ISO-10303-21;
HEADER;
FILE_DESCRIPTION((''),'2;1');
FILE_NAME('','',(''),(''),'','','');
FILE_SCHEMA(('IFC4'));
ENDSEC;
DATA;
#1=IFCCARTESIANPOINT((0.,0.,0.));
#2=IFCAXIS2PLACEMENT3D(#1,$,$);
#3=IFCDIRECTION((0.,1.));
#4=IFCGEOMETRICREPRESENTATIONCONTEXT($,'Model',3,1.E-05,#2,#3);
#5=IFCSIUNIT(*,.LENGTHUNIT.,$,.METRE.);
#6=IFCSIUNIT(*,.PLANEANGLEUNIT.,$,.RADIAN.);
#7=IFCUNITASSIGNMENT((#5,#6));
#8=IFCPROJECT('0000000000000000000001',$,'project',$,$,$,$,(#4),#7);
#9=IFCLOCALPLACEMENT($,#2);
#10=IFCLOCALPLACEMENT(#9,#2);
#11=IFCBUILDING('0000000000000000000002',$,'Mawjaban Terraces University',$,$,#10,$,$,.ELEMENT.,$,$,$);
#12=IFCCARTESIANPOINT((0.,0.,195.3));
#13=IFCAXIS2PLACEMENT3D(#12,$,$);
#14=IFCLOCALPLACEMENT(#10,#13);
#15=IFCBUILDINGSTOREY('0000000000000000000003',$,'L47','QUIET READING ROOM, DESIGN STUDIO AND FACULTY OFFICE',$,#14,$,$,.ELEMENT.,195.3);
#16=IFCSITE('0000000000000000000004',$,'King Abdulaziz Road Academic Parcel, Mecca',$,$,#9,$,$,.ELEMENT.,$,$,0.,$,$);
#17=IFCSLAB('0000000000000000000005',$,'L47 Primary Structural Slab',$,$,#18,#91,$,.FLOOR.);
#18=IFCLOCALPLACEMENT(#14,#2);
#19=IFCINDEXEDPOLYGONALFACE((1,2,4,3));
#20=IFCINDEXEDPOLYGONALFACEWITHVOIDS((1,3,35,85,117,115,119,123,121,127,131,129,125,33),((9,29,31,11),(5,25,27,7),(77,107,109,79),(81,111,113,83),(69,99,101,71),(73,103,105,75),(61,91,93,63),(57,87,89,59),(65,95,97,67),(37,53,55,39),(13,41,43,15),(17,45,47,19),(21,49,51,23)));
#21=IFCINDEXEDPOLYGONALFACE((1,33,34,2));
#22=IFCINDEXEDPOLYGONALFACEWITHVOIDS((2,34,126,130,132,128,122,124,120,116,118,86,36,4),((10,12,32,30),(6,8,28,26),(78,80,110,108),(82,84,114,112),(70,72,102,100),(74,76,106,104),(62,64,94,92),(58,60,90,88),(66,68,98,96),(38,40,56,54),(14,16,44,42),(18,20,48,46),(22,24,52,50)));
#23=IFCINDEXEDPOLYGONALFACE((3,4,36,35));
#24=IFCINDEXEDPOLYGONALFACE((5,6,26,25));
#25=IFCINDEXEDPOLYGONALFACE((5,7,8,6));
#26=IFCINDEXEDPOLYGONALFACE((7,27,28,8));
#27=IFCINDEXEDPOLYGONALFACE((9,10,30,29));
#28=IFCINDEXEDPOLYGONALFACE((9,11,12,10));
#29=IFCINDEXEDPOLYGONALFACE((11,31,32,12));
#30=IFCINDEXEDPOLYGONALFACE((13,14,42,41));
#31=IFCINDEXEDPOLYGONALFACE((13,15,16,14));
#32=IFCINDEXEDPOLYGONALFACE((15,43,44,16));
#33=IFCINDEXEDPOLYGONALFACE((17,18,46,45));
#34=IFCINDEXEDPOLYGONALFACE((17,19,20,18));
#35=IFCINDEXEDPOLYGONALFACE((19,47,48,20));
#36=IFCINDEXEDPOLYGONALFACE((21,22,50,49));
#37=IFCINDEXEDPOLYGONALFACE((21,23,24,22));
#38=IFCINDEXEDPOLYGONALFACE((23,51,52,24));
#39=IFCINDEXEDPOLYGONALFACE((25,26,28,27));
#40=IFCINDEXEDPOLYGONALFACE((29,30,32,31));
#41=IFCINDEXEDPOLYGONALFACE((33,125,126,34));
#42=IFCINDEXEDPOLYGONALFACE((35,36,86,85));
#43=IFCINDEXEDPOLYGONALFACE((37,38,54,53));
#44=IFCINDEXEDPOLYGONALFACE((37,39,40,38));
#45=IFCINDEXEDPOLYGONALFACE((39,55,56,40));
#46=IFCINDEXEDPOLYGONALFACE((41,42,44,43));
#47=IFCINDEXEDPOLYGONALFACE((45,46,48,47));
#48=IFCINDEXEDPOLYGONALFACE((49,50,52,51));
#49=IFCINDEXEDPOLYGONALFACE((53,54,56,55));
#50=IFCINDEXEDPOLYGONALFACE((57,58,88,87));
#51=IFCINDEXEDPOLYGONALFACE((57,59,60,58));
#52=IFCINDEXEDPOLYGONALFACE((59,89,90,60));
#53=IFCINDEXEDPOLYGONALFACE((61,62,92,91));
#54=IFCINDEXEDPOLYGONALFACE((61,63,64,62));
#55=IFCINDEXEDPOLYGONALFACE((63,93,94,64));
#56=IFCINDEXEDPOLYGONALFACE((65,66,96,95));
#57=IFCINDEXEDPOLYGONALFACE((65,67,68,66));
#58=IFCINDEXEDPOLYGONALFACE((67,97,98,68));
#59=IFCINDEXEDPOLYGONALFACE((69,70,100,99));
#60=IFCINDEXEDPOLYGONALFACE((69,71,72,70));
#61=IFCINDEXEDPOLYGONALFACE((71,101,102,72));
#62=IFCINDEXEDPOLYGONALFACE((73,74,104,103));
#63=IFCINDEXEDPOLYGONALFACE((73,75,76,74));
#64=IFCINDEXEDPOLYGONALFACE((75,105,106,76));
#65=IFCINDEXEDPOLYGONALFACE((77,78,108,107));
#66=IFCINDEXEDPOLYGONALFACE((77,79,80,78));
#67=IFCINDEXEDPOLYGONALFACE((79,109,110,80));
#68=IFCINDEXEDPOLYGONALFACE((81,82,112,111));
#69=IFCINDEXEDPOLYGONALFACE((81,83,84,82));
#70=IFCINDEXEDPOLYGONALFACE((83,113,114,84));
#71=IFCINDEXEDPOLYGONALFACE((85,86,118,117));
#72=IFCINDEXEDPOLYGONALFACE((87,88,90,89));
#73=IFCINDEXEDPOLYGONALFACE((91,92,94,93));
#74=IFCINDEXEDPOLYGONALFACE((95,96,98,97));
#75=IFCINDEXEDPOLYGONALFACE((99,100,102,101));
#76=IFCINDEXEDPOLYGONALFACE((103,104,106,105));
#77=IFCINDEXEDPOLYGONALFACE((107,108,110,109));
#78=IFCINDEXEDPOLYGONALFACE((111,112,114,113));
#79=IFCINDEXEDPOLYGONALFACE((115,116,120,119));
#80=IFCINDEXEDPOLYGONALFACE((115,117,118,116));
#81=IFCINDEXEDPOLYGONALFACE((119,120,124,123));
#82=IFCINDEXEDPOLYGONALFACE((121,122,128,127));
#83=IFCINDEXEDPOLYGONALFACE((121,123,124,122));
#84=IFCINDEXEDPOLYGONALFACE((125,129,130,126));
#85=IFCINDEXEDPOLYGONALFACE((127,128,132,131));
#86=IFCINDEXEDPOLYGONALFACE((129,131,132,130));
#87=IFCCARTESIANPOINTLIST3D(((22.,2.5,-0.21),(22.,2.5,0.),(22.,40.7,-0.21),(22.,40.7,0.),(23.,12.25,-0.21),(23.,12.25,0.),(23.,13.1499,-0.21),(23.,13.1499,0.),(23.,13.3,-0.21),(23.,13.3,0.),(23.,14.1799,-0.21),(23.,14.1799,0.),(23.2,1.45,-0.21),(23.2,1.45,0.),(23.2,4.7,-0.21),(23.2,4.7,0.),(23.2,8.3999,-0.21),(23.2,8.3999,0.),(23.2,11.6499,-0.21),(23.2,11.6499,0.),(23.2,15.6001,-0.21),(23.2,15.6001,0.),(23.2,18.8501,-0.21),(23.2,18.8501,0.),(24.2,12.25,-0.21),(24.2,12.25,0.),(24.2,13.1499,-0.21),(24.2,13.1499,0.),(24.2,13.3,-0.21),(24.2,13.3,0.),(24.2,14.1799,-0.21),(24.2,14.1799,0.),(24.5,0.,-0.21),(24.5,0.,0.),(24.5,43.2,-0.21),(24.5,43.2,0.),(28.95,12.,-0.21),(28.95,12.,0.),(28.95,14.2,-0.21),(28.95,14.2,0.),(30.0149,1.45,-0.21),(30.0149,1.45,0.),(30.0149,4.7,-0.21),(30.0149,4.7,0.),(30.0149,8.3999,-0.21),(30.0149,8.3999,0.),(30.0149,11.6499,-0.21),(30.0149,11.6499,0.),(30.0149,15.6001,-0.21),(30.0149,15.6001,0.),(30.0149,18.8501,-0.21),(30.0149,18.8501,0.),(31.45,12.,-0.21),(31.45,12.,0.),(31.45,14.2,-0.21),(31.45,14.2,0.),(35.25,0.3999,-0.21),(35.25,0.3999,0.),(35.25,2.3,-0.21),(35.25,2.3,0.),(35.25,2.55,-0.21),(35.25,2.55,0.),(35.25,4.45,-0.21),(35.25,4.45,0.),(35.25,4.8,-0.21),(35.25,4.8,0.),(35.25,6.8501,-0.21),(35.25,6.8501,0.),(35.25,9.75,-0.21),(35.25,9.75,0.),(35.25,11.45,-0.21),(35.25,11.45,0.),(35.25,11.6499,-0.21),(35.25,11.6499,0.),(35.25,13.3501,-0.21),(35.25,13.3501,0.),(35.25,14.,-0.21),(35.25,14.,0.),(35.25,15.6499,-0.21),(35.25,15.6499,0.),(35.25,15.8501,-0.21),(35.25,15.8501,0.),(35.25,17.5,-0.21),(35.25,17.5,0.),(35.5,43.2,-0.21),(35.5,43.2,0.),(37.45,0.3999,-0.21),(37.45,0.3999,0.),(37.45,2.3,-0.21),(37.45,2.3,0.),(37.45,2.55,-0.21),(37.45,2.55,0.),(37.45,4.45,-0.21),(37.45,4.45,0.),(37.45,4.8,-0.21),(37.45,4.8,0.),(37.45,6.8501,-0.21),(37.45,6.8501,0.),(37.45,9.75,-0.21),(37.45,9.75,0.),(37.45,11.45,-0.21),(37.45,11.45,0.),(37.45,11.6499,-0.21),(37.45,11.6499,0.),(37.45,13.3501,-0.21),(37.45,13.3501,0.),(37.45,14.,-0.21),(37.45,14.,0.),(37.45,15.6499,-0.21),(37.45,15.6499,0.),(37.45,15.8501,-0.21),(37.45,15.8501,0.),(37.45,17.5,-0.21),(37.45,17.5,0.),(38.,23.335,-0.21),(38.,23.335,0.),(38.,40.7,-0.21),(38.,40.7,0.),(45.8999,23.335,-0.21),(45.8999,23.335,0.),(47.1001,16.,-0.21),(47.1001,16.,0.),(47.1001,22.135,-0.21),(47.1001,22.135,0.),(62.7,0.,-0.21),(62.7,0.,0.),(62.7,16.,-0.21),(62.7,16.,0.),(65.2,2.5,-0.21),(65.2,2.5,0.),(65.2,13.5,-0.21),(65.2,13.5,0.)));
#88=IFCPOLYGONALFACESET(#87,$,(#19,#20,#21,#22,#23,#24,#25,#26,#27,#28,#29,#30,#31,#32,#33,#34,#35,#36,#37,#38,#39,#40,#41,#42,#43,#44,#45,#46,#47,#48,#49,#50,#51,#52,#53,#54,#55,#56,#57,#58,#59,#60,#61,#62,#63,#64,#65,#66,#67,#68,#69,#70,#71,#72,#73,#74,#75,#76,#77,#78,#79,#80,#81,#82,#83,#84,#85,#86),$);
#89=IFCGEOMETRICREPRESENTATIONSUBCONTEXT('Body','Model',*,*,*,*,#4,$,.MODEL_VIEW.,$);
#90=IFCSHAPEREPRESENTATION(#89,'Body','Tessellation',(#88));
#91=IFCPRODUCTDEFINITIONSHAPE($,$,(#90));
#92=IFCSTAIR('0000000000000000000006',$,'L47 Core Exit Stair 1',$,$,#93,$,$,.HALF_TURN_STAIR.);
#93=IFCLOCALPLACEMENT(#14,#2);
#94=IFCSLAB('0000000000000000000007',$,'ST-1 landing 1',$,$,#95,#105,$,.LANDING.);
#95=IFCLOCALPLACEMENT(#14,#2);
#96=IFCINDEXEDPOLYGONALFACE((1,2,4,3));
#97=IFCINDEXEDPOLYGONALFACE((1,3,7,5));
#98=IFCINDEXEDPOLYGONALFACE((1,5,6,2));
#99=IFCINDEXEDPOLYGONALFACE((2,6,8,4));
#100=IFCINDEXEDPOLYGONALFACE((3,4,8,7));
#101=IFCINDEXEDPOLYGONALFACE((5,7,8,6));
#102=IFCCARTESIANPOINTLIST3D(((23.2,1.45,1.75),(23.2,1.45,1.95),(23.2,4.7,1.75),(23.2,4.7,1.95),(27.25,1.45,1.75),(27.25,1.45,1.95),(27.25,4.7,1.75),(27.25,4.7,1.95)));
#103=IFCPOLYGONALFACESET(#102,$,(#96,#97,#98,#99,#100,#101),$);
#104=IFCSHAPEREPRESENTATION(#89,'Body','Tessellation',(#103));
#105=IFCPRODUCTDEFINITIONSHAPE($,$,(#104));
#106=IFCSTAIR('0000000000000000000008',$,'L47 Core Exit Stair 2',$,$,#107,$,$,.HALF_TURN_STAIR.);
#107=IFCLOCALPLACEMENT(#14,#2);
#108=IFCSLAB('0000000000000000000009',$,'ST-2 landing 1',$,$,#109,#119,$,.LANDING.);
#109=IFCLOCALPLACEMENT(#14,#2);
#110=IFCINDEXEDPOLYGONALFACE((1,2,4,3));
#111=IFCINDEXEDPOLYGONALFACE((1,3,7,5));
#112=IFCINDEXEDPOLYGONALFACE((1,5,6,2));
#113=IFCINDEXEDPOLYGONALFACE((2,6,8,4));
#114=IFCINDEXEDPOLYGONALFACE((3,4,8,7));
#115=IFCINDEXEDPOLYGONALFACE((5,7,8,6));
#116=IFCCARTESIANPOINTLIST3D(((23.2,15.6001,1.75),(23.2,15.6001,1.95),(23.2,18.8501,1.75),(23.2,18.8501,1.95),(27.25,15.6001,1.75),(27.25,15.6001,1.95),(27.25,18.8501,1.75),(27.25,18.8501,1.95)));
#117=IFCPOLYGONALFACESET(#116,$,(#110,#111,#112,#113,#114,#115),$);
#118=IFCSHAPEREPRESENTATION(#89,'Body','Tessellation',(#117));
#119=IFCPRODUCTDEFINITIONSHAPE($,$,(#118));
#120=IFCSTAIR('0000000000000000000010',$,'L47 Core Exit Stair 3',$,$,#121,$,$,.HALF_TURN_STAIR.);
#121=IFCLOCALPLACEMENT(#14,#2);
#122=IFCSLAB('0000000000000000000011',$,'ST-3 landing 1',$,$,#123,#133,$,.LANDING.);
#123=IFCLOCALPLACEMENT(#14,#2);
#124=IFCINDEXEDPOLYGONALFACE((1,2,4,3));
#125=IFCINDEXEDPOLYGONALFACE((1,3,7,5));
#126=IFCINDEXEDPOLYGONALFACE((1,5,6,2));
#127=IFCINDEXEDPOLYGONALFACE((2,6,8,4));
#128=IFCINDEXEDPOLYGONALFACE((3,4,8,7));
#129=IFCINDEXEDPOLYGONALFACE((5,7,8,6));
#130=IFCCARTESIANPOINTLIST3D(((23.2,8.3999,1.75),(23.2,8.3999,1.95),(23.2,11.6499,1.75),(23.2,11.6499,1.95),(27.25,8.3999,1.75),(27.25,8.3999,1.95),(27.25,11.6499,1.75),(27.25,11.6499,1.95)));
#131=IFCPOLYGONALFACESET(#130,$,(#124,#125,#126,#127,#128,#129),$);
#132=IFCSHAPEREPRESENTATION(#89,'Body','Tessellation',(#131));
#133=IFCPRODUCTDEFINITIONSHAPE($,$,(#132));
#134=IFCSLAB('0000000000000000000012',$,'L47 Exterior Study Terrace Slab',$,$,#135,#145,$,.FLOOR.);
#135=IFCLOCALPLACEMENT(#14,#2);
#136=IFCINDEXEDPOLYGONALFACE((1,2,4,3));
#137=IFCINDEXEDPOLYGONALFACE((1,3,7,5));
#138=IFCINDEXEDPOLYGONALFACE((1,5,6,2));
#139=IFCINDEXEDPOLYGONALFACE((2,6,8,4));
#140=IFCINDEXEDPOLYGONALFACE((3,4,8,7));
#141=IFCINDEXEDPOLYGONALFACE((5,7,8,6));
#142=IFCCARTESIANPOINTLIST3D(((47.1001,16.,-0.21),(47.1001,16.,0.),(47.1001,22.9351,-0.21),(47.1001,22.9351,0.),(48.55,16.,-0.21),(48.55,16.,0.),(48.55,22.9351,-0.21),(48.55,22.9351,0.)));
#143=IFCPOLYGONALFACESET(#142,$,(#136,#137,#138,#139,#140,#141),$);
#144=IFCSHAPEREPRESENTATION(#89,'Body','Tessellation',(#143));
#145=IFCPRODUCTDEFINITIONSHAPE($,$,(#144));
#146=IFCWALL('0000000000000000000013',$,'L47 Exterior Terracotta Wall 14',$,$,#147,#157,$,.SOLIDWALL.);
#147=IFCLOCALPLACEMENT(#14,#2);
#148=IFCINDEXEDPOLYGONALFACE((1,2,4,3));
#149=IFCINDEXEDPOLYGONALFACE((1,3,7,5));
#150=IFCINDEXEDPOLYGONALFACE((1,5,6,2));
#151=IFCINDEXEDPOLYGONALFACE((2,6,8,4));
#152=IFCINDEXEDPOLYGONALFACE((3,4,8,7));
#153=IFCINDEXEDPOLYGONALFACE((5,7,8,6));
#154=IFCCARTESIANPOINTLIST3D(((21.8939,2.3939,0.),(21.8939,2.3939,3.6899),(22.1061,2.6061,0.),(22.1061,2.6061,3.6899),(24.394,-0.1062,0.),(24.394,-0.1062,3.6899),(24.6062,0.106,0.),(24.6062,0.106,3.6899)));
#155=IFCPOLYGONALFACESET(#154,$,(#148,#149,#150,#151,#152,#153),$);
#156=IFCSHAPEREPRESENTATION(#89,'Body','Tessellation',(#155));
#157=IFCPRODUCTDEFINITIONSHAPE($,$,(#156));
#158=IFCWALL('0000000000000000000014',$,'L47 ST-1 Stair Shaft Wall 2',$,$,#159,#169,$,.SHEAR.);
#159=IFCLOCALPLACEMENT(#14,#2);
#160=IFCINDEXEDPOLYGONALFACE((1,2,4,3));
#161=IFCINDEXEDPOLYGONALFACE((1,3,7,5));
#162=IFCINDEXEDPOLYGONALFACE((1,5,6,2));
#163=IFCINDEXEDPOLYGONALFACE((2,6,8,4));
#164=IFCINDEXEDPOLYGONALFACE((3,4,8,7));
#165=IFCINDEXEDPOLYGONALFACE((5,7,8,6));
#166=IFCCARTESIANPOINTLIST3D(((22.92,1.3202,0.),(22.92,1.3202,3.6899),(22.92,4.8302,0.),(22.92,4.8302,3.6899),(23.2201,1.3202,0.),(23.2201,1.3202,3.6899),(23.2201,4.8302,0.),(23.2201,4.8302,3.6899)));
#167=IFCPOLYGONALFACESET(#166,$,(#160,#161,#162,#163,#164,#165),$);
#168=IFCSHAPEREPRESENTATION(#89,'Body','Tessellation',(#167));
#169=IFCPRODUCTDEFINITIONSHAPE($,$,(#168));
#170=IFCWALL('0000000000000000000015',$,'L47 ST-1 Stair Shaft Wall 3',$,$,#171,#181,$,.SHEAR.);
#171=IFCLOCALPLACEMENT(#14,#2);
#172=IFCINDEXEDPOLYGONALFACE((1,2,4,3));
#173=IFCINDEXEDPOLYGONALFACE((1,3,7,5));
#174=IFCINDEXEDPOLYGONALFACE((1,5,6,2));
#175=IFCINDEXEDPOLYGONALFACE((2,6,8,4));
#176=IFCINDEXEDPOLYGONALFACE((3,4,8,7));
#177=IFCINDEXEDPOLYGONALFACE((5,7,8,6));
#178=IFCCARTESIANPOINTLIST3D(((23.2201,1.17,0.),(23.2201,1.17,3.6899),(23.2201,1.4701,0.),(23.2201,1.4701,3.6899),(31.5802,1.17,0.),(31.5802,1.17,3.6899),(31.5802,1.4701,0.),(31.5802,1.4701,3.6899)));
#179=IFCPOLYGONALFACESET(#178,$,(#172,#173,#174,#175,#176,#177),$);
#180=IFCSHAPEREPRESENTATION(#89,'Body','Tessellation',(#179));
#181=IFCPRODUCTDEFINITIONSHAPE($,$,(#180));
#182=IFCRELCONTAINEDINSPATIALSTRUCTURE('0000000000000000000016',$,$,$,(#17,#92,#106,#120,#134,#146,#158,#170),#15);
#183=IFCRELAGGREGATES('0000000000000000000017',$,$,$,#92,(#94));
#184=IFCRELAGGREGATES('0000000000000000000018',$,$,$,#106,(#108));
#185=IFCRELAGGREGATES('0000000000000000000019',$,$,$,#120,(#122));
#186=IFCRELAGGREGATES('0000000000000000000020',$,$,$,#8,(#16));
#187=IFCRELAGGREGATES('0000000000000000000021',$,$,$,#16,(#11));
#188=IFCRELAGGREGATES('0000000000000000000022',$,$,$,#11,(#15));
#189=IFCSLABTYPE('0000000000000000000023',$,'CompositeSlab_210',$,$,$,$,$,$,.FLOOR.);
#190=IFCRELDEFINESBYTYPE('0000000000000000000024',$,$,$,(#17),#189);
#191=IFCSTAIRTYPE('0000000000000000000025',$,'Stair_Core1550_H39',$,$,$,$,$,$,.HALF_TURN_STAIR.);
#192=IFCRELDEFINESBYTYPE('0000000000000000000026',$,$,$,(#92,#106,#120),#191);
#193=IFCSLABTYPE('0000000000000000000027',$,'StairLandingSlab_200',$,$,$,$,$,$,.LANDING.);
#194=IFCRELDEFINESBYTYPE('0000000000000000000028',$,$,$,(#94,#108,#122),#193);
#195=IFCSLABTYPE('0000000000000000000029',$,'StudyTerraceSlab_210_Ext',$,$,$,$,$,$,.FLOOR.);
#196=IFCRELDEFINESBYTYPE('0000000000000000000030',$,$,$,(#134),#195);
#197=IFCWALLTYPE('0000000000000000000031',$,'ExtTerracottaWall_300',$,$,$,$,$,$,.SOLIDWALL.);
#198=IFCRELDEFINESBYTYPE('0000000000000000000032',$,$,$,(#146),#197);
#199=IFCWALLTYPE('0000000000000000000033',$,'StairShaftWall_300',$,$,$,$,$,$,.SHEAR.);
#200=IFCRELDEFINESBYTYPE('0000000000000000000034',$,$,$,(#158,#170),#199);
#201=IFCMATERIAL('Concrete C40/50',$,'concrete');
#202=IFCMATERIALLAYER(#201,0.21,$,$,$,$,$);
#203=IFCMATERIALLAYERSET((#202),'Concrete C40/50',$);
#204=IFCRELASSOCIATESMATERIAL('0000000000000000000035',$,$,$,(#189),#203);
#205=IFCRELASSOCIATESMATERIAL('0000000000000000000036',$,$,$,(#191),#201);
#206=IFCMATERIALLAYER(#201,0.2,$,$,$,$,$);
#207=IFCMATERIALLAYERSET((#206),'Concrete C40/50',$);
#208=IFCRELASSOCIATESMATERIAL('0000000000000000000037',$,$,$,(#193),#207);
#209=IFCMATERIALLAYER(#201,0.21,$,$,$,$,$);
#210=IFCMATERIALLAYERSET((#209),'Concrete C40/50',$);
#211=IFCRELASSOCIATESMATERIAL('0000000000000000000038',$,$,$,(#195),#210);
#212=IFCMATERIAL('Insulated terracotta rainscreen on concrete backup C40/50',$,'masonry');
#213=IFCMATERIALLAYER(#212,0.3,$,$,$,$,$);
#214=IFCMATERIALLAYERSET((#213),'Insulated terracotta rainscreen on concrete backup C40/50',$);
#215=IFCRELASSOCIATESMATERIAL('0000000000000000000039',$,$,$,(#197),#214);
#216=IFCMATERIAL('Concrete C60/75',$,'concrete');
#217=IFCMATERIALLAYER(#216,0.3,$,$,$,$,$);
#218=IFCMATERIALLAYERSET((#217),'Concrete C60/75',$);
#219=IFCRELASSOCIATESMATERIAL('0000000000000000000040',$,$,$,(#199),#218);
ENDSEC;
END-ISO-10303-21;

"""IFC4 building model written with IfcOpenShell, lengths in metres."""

from ifc_helpers import new_model, si_unit, direction, frame, frame_2d, origin, place, context, subcontext, project, spatial, polyline, rectangle, outline, extrude, material, layer, layer_set, type_object, element, aggregate, save


model = new_model("IFC4")

# Units and contexts
model_context = context("Model", 3, precision=1e-05, world=origin(), true_north=direction((0.0, 1.0)))
body_context = subcontext(model_context, "Body", "Model", "MODEL_VIEW")
ifc_project = project(units=[si_unit("LENGTHUNIT", "METRE"), si_unit("PLANEANGLEUNIT", "RADIAN")], contexts=[model_context])

# Site, building, storey
site_placement = place(None, origin())
site = spatial("IfcSite", under=ifc_project, at=site_placement, Name="King Abdulaziz Road Academic Parcel, Mecca", CompositionType="ELEMENT", RefElevation=0.0)
building_placement = place(site_placement, origin())
building = spatial("IfcBuilding", under=site, at=building_placement, Name="Mawjaban Terraces University", CompositionType="ELEMENT")
storey_placement = place(building_placement, frame((0.0, 0.0, 195.3)))
storey = spatial("IfcBuildingStorey", under=building, at=storey_placement, Name="L47", Description="QUIET READING ROOM, DESIGN STUDIO AND FACULTY OFFICE", CompositionType="ELEMENT", Elevation=195.3)

# Shared definitions
ifc_material_1 = material(Name="Concrete C60/75", Category="concrete")

# Slab
ifc_material_2 = material(Name="Concrete C40/50", Category="concrete")
ifc_layer_1 = layer(ifc_material_2, 0.21)
ifc_layer_set_1 = layer_set([ifc_layer_1], Name="Concrete C40/50")
slab_type_1 = type_object("IfcSlabType", Name="CompositeSlab_210", PredefinedType="FLOOR", material=ifc_layer_set_1)
slab_1_placement = place(storey_placement, frame((0.0, 0.0, -0.21)))
element("IfcSlab", 1, at=slab_1_placement, inside=storey, type_object=slab_type_1, Name="L47 Primary Structural Slab", PredefinedType="FLOOR", context=body_context, shape_type="SweptSolid", body=[
    extrude(outline(polyline([(24.5, 0.0), (62.7, 0.0), (65.2, 2.5), (65.2, 13.5), (62.7, 16.0), (47.1001, 16.0), (47.1001, 22.135), (45.8999, 23.335), (38.0, 23.335), (38.0, 40.7), (35.5, 43.2), (24.5, 43.2), (22.0, 40.7), (22.0, 2.5), (24.5, 0.0)]), holes=[polyline([(30.0149, 4.7), (23.2, 4.7), (23.2, 1.45), (30.0149, 1.45), (30.0149, 4.7)]), polyline([(30.0149, 18.8501), (23.2, 18.8501), (23.2, 15.6001), (30.0149, 15.6001), (30.0149, 18.8501)]), polyline([(30.0149, 11.6499), (23.2, 11.6499), (23.2, 8.3999), (30.0149, 8.3999), (30.0149, 11.6499)]), polyline([(35.25, 0.3999), (37.45, 0.3999), (37.45, 2.3), (35.25, 2.3), (35.25, 0.3999)]), polyline([(35.25, 2.55), (37.45, 2.55), (37.45, 4.45), (35.25, 4.45), (35.25, 2.55)]), polyline([(35.25, 4.8), (37.45, 4.8), (37.45, 6.8501), (35.25, 6.8501), (35.25, 4.8)]), polyline([(35.25, 9.75), (37.45, 9.75), (37.45, 11.45), (35.25, 11.45), (35.25, 9.75)]), polyline([(35.25, 11.6499), (37.45, 11.6499), (37.45, 13.3501), (35.25, 13.3501), (35.25, 11.6499)]), polyline([(28.95, 12.0), (31.45, 12.0), (31.45, 14.2), (28.95, 14.2), (28.95, 12.0)]), polyline([(35.25, 14.0), (37.45, 14.0), (37.45, 15.6499), (35.25, 15.6499), (35.25, 14.0)]), polyline([(35.25, 15.8501), (37.45, 15.8501), (37.45, 17.5), (35.25, 17.5), (35.25, 15.8501)]), polyline([(23.0, 12.25), (24.2, 12.25), (24.2, 13.1499), (23.0, 13.1499), (23.0, 12.25)]), polyline([(23.0, 13.3), (24.2, 13.3), (24.2, 14.1799), (23.0, 14.1799), (23.0, 13.3)])]), origin(), (0.0, 0.0, 1.0), 0.21),
])

# Stairs, slabs
stair_type = type_object("IfcStairType", Name="Stair_Core1550_H39", PredefinedType="HALF_TURN_STAIR", material=ifc_material_2)
stair_1_placement = place(storey_placement, origin())
stair_1 = element("IfcStair", 2, at=stair_1_placement, inside=storey, type_object=stair_type, Name="L47 Core Exit Stair 1", PredefinedType="HALF_TURN_STAIR")
ifc_layer_2 = layer(ifc_material_2, 0.2)
ifc_layer_set_2 = layer_set([ifc_layer_2], Name="Concrete C40/50")
slab_type_2 = type_object("IfcSlabType", Name="StairLandingSlab_200", PredefinedType="LANDING", material=ifc_layer_set_2)
slab_2_placement = place(storey_placement, frame((0.0, 0.0, 1.75)))
slab_2 = element("IfcSlab", 3, at=slab_2_placement, type_object=slab_type_2, Name="ST-1 landing 1", PredefinedType="LANDING", context=body_context, shape_type="SweptSolid", body=[
    extrude(outline(polyline([(27.25, 4.7), (23.2, 4.7), (23.2, 1.45), (27.25, 1.45), (27.25, 4.7)])), origin(), (0.0, 0.0, 1.0), 0.2),
])
aggregate(stair_1, [slab_2])
stair_2_placement = place(storey_placement, origin())
stair_2 = element("IfcStair", 4, at=stair_2_placement, inside=storey, type_object=stair_type, Name="L47 Core Exit Stair 2", PredefinedType="HALF_TURN_STAIR")
slab_3_placement = place(storey_placement, frame((0.0, 0.0, 1.75)))
slab_3 = element("IfcSlab", 5, at=slab_3_placement, type_object=slab_type_2, Name="ST-2 landing 1", PredefinedType="LANDING", context=body_context, shape_type="SweptSolid", body=[
    extrude(outline(polyline([(27.25, 18.8501), (23.2, 18.8501), (23.2, 15.6001), (27.25, 15.6001), (27.25, 18.8501)])), origin(), (0.0, 0.0, 1.0), 0.2),
])
aggregate(stair_2, [slab_3])
stair_3_placement = place(storey_placement, origin())
stair_3 = element("IfcStair", 6, at=stair_3_placement, inside=storey, type_object=stair_type, Name="L47 Core Exit Stair 3", PredefinedType="HALF_TURN_STAIR")
slab_4_placement = place(storey_placement, frame((0.0, 0.0, 1.75)))
slab_4 = element("IfcSlab", 7, at=slab_4_placement, type_object=slab_type_2, Name="ST-3 landing 1", PredefinedType="LANDING", context=body_context, shape_type="SweptSolid", body=[
    extrude(outline(polyline([(27.25, 11.6499), (23.2, 11.6499), (23.2, 8.3999), (27.25, 8.3999), (27.25, 11.6499)])), origin(), (0.0, 0.0, 1.0), 0.2),
])
aggregate(stair_3, [slab_4])

# Slab
ifc_layer_3 = layer(ifc_material_2, 0.21)
ifc_layer_set_3 = layer_set([ifc_layer_3], Name="Concrete C40/50")
slab_type_3 = type_object("IfcSlabType", Name="StudyTerraceSlab_210_Ext", PredefinedType="FLOOR", material=ifc_layer_set_3)
slab_5_placement = place(storey_placement, frame((0.0, 0.0, -0.21)))
element("IfcSlab", 8, at=slab_5_placement, inside=storey, type_object=slab_type_3, Name="L47 Exterior Study Terrace Slab", PredefinedType="FLOOR", context=body_context, shape_type="SweptSolid", body=[
    extrude(outline(polyline([(47.1001, 16.0), (48.55, 16.0), (48.55, 22.9351), (47.1001, 22.9351), (47.1001, 16.0)])), origin(), (0.0, 0.0, 1.0), 0.21),
])

# Walls
ifc_material_3 = material(Name="Insulated terracotta rainscreen on concrete backup C40/50", Category="masonry")
ifc_layer_4 = layer(ifc_material_3, 0.3)
ifc_layer_set_4 = layer_set([ifc_layer_4], Name="Insulated terracotta rainscreen on concrete backup C40/50")
wall_type_1 = type_object("IfcWallType", Name="ExtTerracottaWall_300", PredefinedType="SOLIDWALL", material=ifc_layer_set_4)
wall_1_placement = place(storey_placement, frame((22.0, 2.5, 0.0), z_axis=(0.0, 0.0, 1.0), x_axis=(0.707107, -0.707107, 0.0)))
element("IfcWall", 9, at=wall_1_placement, inside=storey, type_object=wall_type_1, Name="L47 Exterior Terracotta Wall 14", PredefinedType="SOLIDWALL", context=body_context, shape_type="SweptSolid", body=[
    extrude(rectangle(XDim=3.5356, YDim=0.3, at=frame_2d((1.7678, 0.0))), origin(), (0.0, 0.0, 1.0), 3.6899),
])
ifc_layer_5 = layer(ifc_material_1, 0.3)
ifc_layer_set_5 = layer_set([ifc_layer_5], Name="Concrete C60/75")
wall_type_2 = type_object("IfcWallType", Name="StairShaftWall_300", PredefinedType="SHEAR", material=ifc_layer_set_5)
wall_2_placement = place(storey_placement, frame((23.0701, 4.8301, 0.0), z_axis=(0.0, 0.0, 1.0), x_axis=(0.0, -1.0, 0.0)))
element("IfcWall", 10, at=wall_2_placement, inside=storey, type_object=wall_type_2, Name="L47 ST-1 Stair Shaft Wall 2", PredefinedType="SHEAR", context=body_context, shape_type="SweptSolid", body=[
    extrude(rectangle(XDim=3.51, YDim=0.3, at=frame_2d((1.7549, 0.0))), origin(), (0.0, 0.0, 1.0), 3.6899),
])
wall_3_placement = place(storey_placement, frame((23.22, 1.3201, 0.0), z_axis=(0.0, 0.0, 1.0), x_axis=(1.0, 0.0, 0.0)))
element("IfcWall", 11, at=wall_3_placement, inside=storey, type_object=wall_type_2, Name="L47 ST-1 Stair Shaft Wall 3", PredefinedType="SHEAR", context=body_context, shape_type="SweptSolid", body=[
    extrude(rectangle(XDim=8.3601, YDim=0.3, at=frame_2d((4.1802, 0.0))), origin(), (0.0, 0.0, 1.0), 3.6899),
])

save(model, "model.ifc")
